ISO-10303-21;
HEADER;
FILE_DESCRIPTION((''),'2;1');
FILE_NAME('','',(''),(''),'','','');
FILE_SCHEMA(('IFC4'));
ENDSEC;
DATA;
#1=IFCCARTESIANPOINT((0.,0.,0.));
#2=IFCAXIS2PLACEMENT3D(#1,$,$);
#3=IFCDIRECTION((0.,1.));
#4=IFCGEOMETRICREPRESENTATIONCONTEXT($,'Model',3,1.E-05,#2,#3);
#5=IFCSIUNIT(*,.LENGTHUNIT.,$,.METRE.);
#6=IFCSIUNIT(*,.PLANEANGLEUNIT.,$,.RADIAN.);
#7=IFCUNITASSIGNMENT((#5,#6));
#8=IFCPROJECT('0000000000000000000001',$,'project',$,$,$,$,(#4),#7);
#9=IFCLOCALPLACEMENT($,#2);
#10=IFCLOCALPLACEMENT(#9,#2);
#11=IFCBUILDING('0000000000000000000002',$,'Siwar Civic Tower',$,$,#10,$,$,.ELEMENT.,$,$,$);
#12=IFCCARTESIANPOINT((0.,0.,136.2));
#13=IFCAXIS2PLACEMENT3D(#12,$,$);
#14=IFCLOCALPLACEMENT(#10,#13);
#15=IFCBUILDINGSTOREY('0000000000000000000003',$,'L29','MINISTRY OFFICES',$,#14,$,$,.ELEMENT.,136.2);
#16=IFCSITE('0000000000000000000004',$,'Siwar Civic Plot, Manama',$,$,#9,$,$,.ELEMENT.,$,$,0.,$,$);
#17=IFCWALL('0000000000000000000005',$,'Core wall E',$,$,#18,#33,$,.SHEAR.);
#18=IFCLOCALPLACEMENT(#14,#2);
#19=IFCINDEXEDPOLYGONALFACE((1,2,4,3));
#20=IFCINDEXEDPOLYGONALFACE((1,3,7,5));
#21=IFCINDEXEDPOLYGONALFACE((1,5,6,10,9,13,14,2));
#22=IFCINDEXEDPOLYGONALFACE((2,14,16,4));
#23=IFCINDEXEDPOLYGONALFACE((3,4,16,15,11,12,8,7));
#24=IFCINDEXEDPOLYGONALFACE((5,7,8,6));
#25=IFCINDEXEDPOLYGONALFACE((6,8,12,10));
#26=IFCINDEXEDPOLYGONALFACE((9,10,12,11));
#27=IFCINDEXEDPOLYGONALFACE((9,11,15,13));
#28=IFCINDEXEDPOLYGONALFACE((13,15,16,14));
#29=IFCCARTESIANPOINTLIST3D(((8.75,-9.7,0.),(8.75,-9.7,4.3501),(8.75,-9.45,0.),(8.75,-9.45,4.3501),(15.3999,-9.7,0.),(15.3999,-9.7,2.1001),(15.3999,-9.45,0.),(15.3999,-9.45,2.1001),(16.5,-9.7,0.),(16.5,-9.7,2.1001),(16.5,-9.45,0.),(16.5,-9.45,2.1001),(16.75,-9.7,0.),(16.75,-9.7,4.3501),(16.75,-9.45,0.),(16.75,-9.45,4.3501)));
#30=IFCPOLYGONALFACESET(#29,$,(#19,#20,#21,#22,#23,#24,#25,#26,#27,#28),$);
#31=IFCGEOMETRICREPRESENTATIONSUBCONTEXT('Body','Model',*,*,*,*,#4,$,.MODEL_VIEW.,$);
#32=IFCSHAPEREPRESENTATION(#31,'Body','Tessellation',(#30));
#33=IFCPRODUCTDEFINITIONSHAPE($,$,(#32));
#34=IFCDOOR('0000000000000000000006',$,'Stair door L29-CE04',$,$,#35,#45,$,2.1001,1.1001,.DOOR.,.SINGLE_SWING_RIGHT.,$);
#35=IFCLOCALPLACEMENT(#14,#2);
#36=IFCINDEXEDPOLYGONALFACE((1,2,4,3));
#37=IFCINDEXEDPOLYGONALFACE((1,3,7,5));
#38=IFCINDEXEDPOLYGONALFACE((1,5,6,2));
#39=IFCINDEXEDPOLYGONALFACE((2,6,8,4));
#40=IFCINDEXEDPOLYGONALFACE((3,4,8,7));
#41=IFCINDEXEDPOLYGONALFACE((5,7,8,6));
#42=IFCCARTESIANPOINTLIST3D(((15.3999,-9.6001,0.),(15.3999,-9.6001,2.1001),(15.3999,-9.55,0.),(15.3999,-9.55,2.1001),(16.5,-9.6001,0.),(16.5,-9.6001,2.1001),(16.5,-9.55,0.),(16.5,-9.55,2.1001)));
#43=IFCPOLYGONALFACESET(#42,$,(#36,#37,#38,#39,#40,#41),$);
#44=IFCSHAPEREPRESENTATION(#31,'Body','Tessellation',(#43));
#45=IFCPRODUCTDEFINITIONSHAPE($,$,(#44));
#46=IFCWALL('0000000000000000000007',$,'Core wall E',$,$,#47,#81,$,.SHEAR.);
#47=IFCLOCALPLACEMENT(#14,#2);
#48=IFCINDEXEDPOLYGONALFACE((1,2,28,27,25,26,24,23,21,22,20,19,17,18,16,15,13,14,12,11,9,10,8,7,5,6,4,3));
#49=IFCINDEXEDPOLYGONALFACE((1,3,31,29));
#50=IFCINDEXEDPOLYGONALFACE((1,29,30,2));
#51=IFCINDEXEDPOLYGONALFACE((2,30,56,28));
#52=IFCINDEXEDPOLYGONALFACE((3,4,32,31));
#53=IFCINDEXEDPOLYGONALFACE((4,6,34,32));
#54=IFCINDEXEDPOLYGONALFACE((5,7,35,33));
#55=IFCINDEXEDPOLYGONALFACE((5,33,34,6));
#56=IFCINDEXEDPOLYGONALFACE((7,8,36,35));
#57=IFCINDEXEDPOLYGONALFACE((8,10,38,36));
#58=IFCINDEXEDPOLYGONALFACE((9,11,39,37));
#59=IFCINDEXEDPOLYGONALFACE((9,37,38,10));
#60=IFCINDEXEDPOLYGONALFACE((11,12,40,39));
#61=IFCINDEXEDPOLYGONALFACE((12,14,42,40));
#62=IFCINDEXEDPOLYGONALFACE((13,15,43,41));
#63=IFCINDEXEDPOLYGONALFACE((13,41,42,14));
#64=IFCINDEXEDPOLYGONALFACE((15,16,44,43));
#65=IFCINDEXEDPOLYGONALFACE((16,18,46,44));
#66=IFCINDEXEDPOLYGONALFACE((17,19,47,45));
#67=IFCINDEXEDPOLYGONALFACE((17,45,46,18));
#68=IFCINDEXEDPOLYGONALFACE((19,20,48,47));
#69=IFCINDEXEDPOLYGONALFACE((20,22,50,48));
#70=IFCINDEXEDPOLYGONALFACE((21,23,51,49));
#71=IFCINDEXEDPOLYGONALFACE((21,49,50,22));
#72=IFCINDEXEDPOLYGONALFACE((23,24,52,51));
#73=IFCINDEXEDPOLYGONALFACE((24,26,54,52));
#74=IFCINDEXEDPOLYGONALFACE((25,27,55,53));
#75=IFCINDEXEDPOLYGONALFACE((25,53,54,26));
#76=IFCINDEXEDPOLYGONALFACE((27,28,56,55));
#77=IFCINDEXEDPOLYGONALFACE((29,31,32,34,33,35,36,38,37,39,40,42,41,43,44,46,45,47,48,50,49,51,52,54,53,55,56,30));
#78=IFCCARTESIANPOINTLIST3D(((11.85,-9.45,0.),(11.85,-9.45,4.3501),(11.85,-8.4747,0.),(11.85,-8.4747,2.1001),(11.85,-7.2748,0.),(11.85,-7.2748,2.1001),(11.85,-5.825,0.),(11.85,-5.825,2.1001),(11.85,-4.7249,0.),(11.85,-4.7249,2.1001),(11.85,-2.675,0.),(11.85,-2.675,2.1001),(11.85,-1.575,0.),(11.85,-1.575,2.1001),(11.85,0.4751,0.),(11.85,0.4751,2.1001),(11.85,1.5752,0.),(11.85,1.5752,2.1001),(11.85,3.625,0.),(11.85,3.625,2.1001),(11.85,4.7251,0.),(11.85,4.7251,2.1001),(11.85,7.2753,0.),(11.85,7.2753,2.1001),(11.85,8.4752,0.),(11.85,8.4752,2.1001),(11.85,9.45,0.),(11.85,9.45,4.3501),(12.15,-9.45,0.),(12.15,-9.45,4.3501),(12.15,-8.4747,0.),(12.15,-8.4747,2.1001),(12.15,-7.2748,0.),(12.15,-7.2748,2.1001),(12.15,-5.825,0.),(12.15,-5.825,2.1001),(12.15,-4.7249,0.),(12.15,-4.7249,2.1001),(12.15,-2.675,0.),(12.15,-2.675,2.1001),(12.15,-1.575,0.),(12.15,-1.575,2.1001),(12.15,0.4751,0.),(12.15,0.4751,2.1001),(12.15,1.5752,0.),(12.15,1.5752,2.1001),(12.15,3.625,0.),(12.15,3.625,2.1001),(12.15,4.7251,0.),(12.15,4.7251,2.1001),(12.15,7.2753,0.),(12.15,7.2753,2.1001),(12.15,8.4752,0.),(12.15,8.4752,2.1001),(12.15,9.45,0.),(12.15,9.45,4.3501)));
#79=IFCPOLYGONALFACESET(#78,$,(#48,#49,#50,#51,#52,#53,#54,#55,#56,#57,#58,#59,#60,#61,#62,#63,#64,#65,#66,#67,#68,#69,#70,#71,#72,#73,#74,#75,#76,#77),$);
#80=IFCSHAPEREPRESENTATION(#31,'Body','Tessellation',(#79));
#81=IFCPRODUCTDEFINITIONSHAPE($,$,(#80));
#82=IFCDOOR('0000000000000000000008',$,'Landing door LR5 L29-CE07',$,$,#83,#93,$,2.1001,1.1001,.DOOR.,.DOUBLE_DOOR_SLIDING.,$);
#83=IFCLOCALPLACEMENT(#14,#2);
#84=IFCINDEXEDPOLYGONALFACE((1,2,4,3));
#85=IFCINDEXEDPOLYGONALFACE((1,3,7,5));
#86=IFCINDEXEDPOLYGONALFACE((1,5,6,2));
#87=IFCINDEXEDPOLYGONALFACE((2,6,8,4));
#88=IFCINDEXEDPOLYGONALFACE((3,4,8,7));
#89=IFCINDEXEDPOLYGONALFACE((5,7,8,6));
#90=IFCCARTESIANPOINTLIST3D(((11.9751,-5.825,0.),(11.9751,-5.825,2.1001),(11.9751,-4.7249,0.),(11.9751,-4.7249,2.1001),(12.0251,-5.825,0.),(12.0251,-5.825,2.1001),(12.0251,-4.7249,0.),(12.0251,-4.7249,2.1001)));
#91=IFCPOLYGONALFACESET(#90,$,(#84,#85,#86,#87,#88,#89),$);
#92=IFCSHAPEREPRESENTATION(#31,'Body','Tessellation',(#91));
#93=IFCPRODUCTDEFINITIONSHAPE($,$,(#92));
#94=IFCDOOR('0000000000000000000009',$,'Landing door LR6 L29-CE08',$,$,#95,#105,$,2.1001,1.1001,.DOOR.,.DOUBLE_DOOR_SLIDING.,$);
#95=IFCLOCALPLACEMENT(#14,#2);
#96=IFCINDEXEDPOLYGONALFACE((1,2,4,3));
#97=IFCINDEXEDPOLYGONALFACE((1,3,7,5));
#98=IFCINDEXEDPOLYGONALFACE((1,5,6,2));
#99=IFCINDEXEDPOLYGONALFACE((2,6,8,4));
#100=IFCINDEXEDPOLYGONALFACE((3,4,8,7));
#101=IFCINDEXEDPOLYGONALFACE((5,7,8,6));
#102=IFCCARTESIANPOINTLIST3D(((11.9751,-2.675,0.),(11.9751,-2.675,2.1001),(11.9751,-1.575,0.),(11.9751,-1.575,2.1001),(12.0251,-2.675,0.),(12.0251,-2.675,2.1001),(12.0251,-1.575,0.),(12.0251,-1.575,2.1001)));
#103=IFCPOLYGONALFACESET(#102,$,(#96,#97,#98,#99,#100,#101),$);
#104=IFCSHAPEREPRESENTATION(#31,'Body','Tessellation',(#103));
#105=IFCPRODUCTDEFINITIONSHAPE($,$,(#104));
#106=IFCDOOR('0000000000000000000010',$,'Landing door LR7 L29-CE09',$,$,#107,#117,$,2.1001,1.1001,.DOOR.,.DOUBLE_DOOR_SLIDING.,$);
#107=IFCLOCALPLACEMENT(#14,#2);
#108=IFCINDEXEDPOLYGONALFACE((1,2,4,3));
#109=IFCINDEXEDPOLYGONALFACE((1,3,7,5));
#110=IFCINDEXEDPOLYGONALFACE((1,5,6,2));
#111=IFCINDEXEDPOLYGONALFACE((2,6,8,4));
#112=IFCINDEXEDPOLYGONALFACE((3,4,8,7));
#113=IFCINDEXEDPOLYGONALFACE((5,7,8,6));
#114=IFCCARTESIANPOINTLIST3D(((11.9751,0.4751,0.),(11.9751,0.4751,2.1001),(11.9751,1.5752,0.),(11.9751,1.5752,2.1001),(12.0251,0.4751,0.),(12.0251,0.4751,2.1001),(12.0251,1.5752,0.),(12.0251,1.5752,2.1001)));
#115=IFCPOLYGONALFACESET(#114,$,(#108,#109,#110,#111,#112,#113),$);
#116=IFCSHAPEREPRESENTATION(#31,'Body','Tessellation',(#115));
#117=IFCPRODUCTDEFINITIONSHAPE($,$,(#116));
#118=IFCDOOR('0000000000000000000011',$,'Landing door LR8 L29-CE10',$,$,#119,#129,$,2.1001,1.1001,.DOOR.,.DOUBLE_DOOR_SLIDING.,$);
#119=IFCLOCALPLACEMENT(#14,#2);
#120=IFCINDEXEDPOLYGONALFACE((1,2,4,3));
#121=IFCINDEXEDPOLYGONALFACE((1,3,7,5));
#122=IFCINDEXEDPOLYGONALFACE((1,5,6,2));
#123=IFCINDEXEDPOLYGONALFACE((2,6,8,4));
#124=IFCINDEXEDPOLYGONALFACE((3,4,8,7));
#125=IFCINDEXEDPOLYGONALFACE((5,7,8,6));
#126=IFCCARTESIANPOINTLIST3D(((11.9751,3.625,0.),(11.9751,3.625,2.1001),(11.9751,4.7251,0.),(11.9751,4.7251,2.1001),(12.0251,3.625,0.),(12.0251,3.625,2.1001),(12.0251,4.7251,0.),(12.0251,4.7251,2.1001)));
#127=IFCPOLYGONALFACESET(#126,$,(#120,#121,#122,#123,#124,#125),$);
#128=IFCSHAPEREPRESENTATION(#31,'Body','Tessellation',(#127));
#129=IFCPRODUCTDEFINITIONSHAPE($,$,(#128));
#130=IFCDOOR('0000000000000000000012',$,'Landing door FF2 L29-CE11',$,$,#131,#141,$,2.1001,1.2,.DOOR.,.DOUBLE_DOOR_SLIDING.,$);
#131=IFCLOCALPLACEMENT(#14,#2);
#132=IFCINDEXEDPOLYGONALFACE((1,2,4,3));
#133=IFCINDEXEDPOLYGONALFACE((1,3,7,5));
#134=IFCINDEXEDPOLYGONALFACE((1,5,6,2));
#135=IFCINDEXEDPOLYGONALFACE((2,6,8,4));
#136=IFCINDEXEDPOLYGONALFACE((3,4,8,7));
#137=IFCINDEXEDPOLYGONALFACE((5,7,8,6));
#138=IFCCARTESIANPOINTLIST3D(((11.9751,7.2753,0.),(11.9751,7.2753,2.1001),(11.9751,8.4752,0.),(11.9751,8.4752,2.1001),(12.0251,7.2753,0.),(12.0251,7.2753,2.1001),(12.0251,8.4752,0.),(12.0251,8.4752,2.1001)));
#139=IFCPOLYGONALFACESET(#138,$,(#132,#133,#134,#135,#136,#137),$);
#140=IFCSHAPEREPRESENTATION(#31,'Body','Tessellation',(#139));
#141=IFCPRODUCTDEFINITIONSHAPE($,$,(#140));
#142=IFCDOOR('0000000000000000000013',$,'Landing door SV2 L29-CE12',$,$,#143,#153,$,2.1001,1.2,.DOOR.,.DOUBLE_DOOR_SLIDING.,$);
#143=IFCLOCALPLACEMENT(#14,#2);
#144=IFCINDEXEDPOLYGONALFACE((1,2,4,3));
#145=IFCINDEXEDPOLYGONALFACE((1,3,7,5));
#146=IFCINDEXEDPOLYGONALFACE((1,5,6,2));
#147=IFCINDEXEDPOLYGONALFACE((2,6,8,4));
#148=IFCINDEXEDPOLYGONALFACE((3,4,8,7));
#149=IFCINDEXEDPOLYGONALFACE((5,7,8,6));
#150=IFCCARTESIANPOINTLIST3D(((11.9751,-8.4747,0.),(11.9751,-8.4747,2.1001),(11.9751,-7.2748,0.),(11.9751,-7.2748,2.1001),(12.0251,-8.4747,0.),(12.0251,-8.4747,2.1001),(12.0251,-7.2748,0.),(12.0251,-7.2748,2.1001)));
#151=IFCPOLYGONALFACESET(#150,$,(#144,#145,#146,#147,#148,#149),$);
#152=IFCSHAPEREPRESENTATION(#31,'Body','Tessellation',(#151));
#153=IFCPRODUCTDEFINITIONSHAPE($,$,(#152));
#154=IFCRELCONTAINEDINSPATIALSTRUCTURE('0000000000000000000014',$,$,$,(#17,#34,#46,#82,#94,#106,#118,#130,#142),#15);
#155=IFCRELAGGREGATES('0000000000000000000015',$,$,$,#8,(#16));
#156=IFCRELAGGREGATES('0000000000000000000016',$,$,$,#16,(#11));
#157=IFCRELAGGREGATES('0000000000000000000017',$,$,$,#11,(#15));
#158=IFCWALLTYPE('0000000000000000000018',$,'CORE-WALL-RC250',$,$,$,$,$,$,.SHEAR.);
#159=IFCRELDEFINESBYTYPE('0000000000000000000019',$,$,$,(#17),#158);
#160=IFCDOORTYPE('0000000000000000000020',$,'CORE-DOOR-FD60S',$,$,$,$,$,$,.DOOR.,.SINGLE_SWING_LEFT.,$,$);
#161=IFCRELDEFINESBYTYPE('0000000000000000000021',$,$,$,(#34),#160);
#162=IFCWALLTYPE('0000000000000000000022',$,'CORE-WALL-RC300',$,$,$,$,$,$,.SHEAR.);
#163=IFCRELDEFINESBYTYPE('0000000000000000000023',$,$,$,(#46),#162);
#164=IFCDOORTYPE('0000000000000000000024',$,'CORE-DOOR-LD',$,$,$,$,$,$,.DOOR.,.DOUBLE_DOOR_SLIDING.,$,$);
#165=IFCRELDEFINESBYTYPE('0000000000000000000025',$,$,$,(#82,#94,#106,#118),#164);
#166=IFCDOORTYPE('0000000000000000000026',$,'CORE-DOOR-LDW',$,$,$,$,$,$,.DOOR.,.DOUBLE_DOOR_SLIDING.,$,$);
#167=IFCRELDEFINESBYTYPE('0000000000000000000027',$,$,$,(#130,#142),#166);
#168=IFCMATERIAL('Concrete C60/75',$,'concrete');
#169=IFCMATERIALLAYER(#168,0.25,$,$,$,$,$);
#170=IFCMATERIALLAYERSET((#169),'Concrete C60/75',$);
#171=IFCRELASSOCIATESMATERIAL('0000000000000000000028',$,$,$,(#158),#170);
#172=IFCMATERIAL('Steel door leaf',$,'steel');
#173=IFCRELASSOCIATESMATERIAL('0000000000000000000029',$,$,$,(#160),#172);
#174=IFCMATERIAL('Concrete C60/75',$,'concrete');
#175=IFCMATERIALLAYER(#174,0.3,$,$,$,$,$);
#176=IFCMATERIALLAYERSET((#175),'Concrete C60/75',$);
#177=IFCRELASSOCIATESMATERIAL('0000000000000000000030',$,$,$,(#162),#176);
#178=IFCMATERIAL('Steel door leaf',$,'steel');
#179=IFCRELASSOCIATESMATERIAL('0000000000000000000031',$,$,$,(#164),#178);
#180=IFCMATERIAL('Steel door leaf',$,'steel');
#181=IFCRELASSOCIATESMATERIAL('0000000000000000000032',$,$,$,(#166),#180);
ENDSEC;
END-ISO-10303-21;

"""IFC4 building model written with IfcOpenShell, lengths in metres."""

from ifc_helpers import new_model, si_unit, direction, frame, frame_2d, origin, place, context, subcontext, project, spatial, rectangle, extrude, material, layer, layer_set, type_object, element, fill, save


model = new_model("IFC4")

# Units and contexts
model_context = context("Model", 3, precision=1e-05, world=origin(), true_north=direction((0.0, 1.0)))
body_context = subcontext(model_context, "Body", "Model", "MODEL_VIEW")
ifc_project = project(units=[si_unit("LENGTHUNIT", "METRE"), si_unit("PLANEANGLEUNIT", "RADIAN")], contexts=[model_context])

# Site, building, storey
site_placement = place(None, origin())
site = spatial("IfcSite", under=ifc_project, at=site_placement, Name="Siwar Civic Plot, Manama", CompositionType="ELEMENT", RefElevation=0.0)
building_placement = place(site_placement, origin())
building = spatial("IfcBuilding", under=site, at=building_placement, Name="Siwar Civic Tower", CompositionType="ELEMENT")
storey_placement = place(building_placement, frame((0.0, 0.0, 136.2)))
storey = spatial("IfcBuildingStorey", under=building, at=storey_placement, Name="L29", Description="MINISTRY OFFICES", CompositionType="ELEMENT", Elevation=136.2)

# Wall, opening, door
ifc_material_1 = material(Name="Concrete C60/75", Category="concrete")
ifc_layer_1 = layer(ifc_material_1, 0.25)
ifc_layer_set_1 = layer_set([ifc_layer_1], Name="Concrete C60/75")
wall_type_1 = type_object("IfcWallType", Name="CORE-WALL-RC250", PredefinedType="SHEAR", material=ifc_layer_set_1)
wall_1_placement = place(storey_placement, frame((8.75, -9.575, 0.0), z_axis=(0.0, 0.0, 1.0), x_axis=(1.0, 0.0, 0.0)))
wall_1 = element("IfcWall", 1, at=wall_1_placement, inside=storey, type_object=wall_type_1, Name="Core wall E", PredefinedType="SHEAR", context=body_context, shape_type="SweptSolid", body=[
    extrude(rectangle(XDim=8.0, YDim=0.25, at=frame_2d((4.0, 0.0))), origin(), (0.0, 0.0, 1.0), 4.3501),
])
opening_1_placement = place(wall_1_placement, frame((6.6499, 0.0, 0.0)))
opening_1 = element("IfcOpeningElement", 2, at=opening_1_placement, cuts=wall_1, PredefinedType="OPENING", context=body_context, shape_type="SweptSolid", body=[
    extrude(rectangle(XDim=1.1001, YDim=2.1001, at=frame_2d((0.55, 1.05))), frame((0.0, 0.135, 0.0), z_axis=(0.0, -1.0, 0.0), x_axis=(1.0, 0.0, 0.0)), (0.0, 0.0, 1.0), 0.27),
])
ifc_material_2 = material(Name="Steel door leaf", Category="steel")
door_type_1 = type_object("IfcDoorType", Name="CORE-DOOR-FD60S", OperationType="SINGLE_SWING_LEFT", PredefinedType="DOOR", material=ifc_material_2)
door_1_placement = place(opening_1_placement, origin())
door_1 = element("IfcDoor", 3, at=door_1_placement, inside=storey, type_object=door_type_1, Name="Stair door L29-CE04", OperationType="SINGLE_SWING_RIGHT", OverallHeight=2.1001, OverallWidth=1.1001, PredefinedType="DOOR", context=body_context, shape_type="SweptSolid", body=[
    extrude(rectangle(XDim=1.1001, YDim=2.1001, at=frame_2d((0.55, 1.05))), frame((0.0, 0.0249, 0.0), z_axis=(0.0, -1.0, 0.0), x_axis=(1.0, 0.0, 0.0)), (0.0, 0.0, 1.0), 0.05),
])
fill(opening_1, door_1)

# Wall, openings, doors
ifc_material_3 = material(Name="Concrete C60/75", Category="concrete")
ifc_layer_2 = layer(ifc_material_3, 0.3)
ifc_layer_set_2 = layer_set([ifc_layer_2], Name="Concrete C60/75")
wall_type_2 = type_object("IfcWallType", Name="CORE-WALL-RC300", PredefinedType="SHEAR", material=ifc_layer_set_2)
wall_2_placement = place(storey_placement, frame((12.0, -9.45, 0.0), z_axis=(0.0, 0.0, 1.0), x_axis=(0.0, 1.0, 0.0)))
wall_2 = element("IfcWall", 4, at=wall_2_placement, inside=storey, type_object=wall_type_2, Name="Core wall E", PredefinedType="SHEAR", context=body_context, shape_type="SweptSolid", body=[
    extrude(rectangle(XDim=18.8999, YDim=0.3, at=frame_2d((9.45, 0.0))), origin(), (0.0, 0.0, 1.0), 4.3501),
])
opening_2_placement = place(wall_2_placement, frame((3.625, 0.0, 0.0)))
opening_2 = element("IfcOpeningElement", 5, at=opening_2_placement, cuts=wall_2, PredefinedType="OPENING", context=body_context, shape_type="SweptSolid", body=[
    extrude(rectangle(XDim=1.1001, YDim=2.1001, at=frame_2d((0.55, 1.05))), frame((0.0, 0.1602, 0.0), z_axis=(0.0, -1.0, 0.0), x_axis=(1.0, 0.0, 0.0)), (0.0, 0.0, 1.0), 0.3201),
])
opening_3_placement = place(wall_2_placement, frame((6.7749, 0.0, 0.0)))
opening_3 = element("IfcOpeningElement", 6, at=opening_3_placement, cuts=wall_2, PredefinedType="OPENING", context=body_context, shape_type="SweptSolid", body=[
    extrude(rectangle(XDim=1.1001, YDim=2.1001, at=frame_2d((0.55, 1.05))), frame((0.0, 0.1602, 0.0), z_axis=(0.0, -1.0, 0.0), x_axis=(1.0, 0.0, 0.0)), (0.0, 0.0, 1.0), 0.3201),
])
opening_4_placement = place(wall_2_placement, frame((9.925, 0.0, 0.0)))
opening_4 = element("IfcOpeningElement", 7, at=opening_4_placement, cuts=wall_2, PredefinedType="OPENING", context=body_context, shape_type="SweptSolid", body=[
    extrude(rectangle(XDim=1.1001, YDim=2.1001, at=frame_2d((0.55, 1.05))), frame((0.0, 0.1602, 0.0), z_axis=(0.0, -1.0, 0.0), x_axis=(1.0, 0.0, 0.0)), (0.0, 0.0, 1.0), 0.3201),
])
opening_5_placement = place(wall_2_placement, frame((13.075, 0.0, 0.0)))
opening_5 = element("IfcOpeningElement", 8, at=opening_5_placement, cuts=wall_2, PredefinedType="OPENING", context=body_context, shape_type="SweptSolid", body=[
    extrude(rectangle(XDim=1.1001, YDim=2.1001, at=frame_2d((0.55, 1.05))), frame((0.0, 0.1602, 0.0), z_axis=(0.0, -1.0, 0.0), x_axis=(1.0, 0.0, 0.0)), (0.0, 0.0, 1.0), 0.3201),
])
opening_6_placement = place(wall_2_placement, frame((16.7251, 0.0, 0.0)))
opening_6 = element("IfcOpeningElement", 9, at=opening_6_placement, cuts=wall_2, PredefinedType="OPENING", context=body_context, shape_type="SweptSolid", body=[
    extrude(rectangle(XDim=1.2, YDim=2.1001, at=frame_2d((0.6001, 1.05))), frame((0.0, 0.1602, 0.0), z_axis=(0.0, -1.0, 0.0), x_axis=(1.0, 0.0, 0.0)), (0.0, 0.0, 1.0), 0.3201),
])
opening_7_placement = place(wall_2_placement, frame((0.9751, 0.0, 0.0)))
opening_7 = element("IfcOpeningElement", 10, at=opening_7_placement, cuts=wall_2, PredefinedType="OPENING", context=body_context, shape_type="SweptSolid", body=[
    extrude(rectangle(XDim=1.2, YDim=2.1001, at=frame_2d((0.6001, 1.05))), frame((0.0, 0.1602, 0.0), z_axis=(0.0, -1.0, 0.0), x_axis=(1.0, 0.0, 0.0)), (0.0, 0.0, 1.0), 0.3201),
])
ifc_material_4 = material(Name="Steel door leaf", Category="steel")
door_type_2 = type_object("IfcDoorType", Name="CORE-DOOR-LD", OperationType="DOUBLE_DOOR_SLIDING", PredefinedType="DOOR", material=ifc_material_4)
door_2_placement = place(opening_2_placement, origin())
door_2 = element("IfcDoor", 11, at=door_2_placement, inside=storey, type_object=door_type_2, Name="Landing door LR5 L29-CE07", OperationType="DOUBLE_DOOR_SLIDING", OverallHeight=2.1001, OverallWidth=1.1001, PredefinedType="DOOR", context=body_context, shape_type="SweptSolid", body=[
    extrude(rectangle(XDim=1.1001, YDim=2.1001, at=frame_2d((0.55, 1.05))), frame((0.0, 0.0249, 0.0), z_axis=(0.0, -1.0, 0.0), x_axis=(1.0, 0.0, 0.0)), (0.0, 0.0, 1.0), 0.05),
])
fill(opening_2, door_2)
door_3_placement = place(opening_3_placement, origin())
door_3 = element("IfcDoor", 12, at=door_3_placement, inside=storey, type_object=door_type_2, Name="Landing door LR6 L29-CE08", OperationType="DOUBLE_DOOR_SLIDING", OverallHeight=2.1001, OverallWidth=1.1001, PredefinedType="DOOR", context=body_context, shape_type="SweptSolid", body=[
    extrude(rectangle(XDim=1.1001, YDim=2.1001, at=frame_2d((0.55, 1.05))), frame((0.0, 0.0249, 0.0), z_axis=(0.0, -1.0, 0.0), x_axis=(1.0, 0.0, 0.0)), (0.0, 0.0, 1.0), 0.05),
])
fill(opening_3, door_3)
door_4_placement = place(opening_4_placement, origin())
door_4 = element("IfcDoor", 13, at=door_4_placement, inside=storey, type_object=door_type_2, Name="Landing door LR7 L29-CE09", OperationType="DOUBLE_DOOR_SLIDING", OverallHeight=2.1001, OverallWidth=1.1001, PredefinedType="DOOR", context=body_context, shape_type="SweptSolid", body=[
    extrude(rectangle(XDim=1.1001, YDim=2.1001, at=frame_2d((0.55, 1.05))), frame((0.0, 0.0249, 0.0), z_axis=(0.0, -1.0, 0.0), x_axis=(1.0, 0.0, 0.0)), (0.0, 0.0, 1.0), 0.05),
])
fill(opening_4, door_4)
door_5_placement = place(opening_5_placement, origin())
door_5 = element("IfcDoor", 14, at=door_5_placement, inside=storey, type_object=door_type_2, Name="Landing door LR8 L29-CE10", OperationType="DOUBLE_DOOR_SLIDING", OverallHeight=2.1001, OverallWidth=1.1001, PredefinedType="DOOR", context=body_context, shape_type="SweptSolid", body=[
    extrude(rectangle(XDim=1.1001, YDim=2.1001, at=frame_2d((0.55, 1.05))), frame((0.0, 0.0249, 0.0), z_axis=(0.0, -1.0, 0.0), x_axis=(1.0, 0.0, 0.0)), (0.0, 0.0, 1.0), 0.05),
])
fill(opening_5, door_5)
ifc_material_5 = material(Name="Steel door leaf", Category="steel")
door_type_3 = type_object("IfcDoorType", Name="CORE-DOOR-LDW", OperationType="DOUBLE_DOOR_SLIDING", PredefinedType="DOOR", material=ifc_material_5)
door_6_placement = place(opening_6_placement, origin())
door_6 = element("IfcDoor", 15, at=door_6_placement, inside=storey, type_object=door_type_3, Name="Landing door FF2 L29-CE11", OperationType="DOUBLE_DOOR_SLIDING", OverallHeight=2.1001, OverallWidth=1.2, PredefinedType="DOOR", context=body_context, shape_type="SweptSolid", body=[
    extrude(rectangle(XDim=1.2, YDim=2.1001, at=frame_2d((0.6001, 1.05))), frame((0.0, 0.0249, 0.0), z_axis=(0.0, -1.0, 0.0), x_axis=(1.0, 0.0, 0.0)), (0.0, 0.0, 1.0), 0.05),
])
fill(opening_6, door_6)
door_7_placement = place(opening_7_placement, origin())
door_7 = element("IfcDoor", 16, at=door_7_placement, inside=storey, type_object=door_type_3, Name="Landing door SV2 L29-CE12", OperationType="DOUBLE_DOOR_SLIDING", OverallHeight=2.1001, OverallWidth=1.2, PredefinedType="DOOR", context=body_context, shape_type="SweptSolid", body=[
    extrude(rectangle(XDim=1.2, YDim=2.1001, at=frame_2d((0.6001, 1.05))), frame((0.0, 0.0249, 0.0), z_axis=(0.0, -1.0, 0.0), x_axis=(1.0, 0.0, 0.0)), (0.0, 0.0, 1.0), 0.05),
])
fill(opening_7, door_7)

save(model, "model.ifc")
